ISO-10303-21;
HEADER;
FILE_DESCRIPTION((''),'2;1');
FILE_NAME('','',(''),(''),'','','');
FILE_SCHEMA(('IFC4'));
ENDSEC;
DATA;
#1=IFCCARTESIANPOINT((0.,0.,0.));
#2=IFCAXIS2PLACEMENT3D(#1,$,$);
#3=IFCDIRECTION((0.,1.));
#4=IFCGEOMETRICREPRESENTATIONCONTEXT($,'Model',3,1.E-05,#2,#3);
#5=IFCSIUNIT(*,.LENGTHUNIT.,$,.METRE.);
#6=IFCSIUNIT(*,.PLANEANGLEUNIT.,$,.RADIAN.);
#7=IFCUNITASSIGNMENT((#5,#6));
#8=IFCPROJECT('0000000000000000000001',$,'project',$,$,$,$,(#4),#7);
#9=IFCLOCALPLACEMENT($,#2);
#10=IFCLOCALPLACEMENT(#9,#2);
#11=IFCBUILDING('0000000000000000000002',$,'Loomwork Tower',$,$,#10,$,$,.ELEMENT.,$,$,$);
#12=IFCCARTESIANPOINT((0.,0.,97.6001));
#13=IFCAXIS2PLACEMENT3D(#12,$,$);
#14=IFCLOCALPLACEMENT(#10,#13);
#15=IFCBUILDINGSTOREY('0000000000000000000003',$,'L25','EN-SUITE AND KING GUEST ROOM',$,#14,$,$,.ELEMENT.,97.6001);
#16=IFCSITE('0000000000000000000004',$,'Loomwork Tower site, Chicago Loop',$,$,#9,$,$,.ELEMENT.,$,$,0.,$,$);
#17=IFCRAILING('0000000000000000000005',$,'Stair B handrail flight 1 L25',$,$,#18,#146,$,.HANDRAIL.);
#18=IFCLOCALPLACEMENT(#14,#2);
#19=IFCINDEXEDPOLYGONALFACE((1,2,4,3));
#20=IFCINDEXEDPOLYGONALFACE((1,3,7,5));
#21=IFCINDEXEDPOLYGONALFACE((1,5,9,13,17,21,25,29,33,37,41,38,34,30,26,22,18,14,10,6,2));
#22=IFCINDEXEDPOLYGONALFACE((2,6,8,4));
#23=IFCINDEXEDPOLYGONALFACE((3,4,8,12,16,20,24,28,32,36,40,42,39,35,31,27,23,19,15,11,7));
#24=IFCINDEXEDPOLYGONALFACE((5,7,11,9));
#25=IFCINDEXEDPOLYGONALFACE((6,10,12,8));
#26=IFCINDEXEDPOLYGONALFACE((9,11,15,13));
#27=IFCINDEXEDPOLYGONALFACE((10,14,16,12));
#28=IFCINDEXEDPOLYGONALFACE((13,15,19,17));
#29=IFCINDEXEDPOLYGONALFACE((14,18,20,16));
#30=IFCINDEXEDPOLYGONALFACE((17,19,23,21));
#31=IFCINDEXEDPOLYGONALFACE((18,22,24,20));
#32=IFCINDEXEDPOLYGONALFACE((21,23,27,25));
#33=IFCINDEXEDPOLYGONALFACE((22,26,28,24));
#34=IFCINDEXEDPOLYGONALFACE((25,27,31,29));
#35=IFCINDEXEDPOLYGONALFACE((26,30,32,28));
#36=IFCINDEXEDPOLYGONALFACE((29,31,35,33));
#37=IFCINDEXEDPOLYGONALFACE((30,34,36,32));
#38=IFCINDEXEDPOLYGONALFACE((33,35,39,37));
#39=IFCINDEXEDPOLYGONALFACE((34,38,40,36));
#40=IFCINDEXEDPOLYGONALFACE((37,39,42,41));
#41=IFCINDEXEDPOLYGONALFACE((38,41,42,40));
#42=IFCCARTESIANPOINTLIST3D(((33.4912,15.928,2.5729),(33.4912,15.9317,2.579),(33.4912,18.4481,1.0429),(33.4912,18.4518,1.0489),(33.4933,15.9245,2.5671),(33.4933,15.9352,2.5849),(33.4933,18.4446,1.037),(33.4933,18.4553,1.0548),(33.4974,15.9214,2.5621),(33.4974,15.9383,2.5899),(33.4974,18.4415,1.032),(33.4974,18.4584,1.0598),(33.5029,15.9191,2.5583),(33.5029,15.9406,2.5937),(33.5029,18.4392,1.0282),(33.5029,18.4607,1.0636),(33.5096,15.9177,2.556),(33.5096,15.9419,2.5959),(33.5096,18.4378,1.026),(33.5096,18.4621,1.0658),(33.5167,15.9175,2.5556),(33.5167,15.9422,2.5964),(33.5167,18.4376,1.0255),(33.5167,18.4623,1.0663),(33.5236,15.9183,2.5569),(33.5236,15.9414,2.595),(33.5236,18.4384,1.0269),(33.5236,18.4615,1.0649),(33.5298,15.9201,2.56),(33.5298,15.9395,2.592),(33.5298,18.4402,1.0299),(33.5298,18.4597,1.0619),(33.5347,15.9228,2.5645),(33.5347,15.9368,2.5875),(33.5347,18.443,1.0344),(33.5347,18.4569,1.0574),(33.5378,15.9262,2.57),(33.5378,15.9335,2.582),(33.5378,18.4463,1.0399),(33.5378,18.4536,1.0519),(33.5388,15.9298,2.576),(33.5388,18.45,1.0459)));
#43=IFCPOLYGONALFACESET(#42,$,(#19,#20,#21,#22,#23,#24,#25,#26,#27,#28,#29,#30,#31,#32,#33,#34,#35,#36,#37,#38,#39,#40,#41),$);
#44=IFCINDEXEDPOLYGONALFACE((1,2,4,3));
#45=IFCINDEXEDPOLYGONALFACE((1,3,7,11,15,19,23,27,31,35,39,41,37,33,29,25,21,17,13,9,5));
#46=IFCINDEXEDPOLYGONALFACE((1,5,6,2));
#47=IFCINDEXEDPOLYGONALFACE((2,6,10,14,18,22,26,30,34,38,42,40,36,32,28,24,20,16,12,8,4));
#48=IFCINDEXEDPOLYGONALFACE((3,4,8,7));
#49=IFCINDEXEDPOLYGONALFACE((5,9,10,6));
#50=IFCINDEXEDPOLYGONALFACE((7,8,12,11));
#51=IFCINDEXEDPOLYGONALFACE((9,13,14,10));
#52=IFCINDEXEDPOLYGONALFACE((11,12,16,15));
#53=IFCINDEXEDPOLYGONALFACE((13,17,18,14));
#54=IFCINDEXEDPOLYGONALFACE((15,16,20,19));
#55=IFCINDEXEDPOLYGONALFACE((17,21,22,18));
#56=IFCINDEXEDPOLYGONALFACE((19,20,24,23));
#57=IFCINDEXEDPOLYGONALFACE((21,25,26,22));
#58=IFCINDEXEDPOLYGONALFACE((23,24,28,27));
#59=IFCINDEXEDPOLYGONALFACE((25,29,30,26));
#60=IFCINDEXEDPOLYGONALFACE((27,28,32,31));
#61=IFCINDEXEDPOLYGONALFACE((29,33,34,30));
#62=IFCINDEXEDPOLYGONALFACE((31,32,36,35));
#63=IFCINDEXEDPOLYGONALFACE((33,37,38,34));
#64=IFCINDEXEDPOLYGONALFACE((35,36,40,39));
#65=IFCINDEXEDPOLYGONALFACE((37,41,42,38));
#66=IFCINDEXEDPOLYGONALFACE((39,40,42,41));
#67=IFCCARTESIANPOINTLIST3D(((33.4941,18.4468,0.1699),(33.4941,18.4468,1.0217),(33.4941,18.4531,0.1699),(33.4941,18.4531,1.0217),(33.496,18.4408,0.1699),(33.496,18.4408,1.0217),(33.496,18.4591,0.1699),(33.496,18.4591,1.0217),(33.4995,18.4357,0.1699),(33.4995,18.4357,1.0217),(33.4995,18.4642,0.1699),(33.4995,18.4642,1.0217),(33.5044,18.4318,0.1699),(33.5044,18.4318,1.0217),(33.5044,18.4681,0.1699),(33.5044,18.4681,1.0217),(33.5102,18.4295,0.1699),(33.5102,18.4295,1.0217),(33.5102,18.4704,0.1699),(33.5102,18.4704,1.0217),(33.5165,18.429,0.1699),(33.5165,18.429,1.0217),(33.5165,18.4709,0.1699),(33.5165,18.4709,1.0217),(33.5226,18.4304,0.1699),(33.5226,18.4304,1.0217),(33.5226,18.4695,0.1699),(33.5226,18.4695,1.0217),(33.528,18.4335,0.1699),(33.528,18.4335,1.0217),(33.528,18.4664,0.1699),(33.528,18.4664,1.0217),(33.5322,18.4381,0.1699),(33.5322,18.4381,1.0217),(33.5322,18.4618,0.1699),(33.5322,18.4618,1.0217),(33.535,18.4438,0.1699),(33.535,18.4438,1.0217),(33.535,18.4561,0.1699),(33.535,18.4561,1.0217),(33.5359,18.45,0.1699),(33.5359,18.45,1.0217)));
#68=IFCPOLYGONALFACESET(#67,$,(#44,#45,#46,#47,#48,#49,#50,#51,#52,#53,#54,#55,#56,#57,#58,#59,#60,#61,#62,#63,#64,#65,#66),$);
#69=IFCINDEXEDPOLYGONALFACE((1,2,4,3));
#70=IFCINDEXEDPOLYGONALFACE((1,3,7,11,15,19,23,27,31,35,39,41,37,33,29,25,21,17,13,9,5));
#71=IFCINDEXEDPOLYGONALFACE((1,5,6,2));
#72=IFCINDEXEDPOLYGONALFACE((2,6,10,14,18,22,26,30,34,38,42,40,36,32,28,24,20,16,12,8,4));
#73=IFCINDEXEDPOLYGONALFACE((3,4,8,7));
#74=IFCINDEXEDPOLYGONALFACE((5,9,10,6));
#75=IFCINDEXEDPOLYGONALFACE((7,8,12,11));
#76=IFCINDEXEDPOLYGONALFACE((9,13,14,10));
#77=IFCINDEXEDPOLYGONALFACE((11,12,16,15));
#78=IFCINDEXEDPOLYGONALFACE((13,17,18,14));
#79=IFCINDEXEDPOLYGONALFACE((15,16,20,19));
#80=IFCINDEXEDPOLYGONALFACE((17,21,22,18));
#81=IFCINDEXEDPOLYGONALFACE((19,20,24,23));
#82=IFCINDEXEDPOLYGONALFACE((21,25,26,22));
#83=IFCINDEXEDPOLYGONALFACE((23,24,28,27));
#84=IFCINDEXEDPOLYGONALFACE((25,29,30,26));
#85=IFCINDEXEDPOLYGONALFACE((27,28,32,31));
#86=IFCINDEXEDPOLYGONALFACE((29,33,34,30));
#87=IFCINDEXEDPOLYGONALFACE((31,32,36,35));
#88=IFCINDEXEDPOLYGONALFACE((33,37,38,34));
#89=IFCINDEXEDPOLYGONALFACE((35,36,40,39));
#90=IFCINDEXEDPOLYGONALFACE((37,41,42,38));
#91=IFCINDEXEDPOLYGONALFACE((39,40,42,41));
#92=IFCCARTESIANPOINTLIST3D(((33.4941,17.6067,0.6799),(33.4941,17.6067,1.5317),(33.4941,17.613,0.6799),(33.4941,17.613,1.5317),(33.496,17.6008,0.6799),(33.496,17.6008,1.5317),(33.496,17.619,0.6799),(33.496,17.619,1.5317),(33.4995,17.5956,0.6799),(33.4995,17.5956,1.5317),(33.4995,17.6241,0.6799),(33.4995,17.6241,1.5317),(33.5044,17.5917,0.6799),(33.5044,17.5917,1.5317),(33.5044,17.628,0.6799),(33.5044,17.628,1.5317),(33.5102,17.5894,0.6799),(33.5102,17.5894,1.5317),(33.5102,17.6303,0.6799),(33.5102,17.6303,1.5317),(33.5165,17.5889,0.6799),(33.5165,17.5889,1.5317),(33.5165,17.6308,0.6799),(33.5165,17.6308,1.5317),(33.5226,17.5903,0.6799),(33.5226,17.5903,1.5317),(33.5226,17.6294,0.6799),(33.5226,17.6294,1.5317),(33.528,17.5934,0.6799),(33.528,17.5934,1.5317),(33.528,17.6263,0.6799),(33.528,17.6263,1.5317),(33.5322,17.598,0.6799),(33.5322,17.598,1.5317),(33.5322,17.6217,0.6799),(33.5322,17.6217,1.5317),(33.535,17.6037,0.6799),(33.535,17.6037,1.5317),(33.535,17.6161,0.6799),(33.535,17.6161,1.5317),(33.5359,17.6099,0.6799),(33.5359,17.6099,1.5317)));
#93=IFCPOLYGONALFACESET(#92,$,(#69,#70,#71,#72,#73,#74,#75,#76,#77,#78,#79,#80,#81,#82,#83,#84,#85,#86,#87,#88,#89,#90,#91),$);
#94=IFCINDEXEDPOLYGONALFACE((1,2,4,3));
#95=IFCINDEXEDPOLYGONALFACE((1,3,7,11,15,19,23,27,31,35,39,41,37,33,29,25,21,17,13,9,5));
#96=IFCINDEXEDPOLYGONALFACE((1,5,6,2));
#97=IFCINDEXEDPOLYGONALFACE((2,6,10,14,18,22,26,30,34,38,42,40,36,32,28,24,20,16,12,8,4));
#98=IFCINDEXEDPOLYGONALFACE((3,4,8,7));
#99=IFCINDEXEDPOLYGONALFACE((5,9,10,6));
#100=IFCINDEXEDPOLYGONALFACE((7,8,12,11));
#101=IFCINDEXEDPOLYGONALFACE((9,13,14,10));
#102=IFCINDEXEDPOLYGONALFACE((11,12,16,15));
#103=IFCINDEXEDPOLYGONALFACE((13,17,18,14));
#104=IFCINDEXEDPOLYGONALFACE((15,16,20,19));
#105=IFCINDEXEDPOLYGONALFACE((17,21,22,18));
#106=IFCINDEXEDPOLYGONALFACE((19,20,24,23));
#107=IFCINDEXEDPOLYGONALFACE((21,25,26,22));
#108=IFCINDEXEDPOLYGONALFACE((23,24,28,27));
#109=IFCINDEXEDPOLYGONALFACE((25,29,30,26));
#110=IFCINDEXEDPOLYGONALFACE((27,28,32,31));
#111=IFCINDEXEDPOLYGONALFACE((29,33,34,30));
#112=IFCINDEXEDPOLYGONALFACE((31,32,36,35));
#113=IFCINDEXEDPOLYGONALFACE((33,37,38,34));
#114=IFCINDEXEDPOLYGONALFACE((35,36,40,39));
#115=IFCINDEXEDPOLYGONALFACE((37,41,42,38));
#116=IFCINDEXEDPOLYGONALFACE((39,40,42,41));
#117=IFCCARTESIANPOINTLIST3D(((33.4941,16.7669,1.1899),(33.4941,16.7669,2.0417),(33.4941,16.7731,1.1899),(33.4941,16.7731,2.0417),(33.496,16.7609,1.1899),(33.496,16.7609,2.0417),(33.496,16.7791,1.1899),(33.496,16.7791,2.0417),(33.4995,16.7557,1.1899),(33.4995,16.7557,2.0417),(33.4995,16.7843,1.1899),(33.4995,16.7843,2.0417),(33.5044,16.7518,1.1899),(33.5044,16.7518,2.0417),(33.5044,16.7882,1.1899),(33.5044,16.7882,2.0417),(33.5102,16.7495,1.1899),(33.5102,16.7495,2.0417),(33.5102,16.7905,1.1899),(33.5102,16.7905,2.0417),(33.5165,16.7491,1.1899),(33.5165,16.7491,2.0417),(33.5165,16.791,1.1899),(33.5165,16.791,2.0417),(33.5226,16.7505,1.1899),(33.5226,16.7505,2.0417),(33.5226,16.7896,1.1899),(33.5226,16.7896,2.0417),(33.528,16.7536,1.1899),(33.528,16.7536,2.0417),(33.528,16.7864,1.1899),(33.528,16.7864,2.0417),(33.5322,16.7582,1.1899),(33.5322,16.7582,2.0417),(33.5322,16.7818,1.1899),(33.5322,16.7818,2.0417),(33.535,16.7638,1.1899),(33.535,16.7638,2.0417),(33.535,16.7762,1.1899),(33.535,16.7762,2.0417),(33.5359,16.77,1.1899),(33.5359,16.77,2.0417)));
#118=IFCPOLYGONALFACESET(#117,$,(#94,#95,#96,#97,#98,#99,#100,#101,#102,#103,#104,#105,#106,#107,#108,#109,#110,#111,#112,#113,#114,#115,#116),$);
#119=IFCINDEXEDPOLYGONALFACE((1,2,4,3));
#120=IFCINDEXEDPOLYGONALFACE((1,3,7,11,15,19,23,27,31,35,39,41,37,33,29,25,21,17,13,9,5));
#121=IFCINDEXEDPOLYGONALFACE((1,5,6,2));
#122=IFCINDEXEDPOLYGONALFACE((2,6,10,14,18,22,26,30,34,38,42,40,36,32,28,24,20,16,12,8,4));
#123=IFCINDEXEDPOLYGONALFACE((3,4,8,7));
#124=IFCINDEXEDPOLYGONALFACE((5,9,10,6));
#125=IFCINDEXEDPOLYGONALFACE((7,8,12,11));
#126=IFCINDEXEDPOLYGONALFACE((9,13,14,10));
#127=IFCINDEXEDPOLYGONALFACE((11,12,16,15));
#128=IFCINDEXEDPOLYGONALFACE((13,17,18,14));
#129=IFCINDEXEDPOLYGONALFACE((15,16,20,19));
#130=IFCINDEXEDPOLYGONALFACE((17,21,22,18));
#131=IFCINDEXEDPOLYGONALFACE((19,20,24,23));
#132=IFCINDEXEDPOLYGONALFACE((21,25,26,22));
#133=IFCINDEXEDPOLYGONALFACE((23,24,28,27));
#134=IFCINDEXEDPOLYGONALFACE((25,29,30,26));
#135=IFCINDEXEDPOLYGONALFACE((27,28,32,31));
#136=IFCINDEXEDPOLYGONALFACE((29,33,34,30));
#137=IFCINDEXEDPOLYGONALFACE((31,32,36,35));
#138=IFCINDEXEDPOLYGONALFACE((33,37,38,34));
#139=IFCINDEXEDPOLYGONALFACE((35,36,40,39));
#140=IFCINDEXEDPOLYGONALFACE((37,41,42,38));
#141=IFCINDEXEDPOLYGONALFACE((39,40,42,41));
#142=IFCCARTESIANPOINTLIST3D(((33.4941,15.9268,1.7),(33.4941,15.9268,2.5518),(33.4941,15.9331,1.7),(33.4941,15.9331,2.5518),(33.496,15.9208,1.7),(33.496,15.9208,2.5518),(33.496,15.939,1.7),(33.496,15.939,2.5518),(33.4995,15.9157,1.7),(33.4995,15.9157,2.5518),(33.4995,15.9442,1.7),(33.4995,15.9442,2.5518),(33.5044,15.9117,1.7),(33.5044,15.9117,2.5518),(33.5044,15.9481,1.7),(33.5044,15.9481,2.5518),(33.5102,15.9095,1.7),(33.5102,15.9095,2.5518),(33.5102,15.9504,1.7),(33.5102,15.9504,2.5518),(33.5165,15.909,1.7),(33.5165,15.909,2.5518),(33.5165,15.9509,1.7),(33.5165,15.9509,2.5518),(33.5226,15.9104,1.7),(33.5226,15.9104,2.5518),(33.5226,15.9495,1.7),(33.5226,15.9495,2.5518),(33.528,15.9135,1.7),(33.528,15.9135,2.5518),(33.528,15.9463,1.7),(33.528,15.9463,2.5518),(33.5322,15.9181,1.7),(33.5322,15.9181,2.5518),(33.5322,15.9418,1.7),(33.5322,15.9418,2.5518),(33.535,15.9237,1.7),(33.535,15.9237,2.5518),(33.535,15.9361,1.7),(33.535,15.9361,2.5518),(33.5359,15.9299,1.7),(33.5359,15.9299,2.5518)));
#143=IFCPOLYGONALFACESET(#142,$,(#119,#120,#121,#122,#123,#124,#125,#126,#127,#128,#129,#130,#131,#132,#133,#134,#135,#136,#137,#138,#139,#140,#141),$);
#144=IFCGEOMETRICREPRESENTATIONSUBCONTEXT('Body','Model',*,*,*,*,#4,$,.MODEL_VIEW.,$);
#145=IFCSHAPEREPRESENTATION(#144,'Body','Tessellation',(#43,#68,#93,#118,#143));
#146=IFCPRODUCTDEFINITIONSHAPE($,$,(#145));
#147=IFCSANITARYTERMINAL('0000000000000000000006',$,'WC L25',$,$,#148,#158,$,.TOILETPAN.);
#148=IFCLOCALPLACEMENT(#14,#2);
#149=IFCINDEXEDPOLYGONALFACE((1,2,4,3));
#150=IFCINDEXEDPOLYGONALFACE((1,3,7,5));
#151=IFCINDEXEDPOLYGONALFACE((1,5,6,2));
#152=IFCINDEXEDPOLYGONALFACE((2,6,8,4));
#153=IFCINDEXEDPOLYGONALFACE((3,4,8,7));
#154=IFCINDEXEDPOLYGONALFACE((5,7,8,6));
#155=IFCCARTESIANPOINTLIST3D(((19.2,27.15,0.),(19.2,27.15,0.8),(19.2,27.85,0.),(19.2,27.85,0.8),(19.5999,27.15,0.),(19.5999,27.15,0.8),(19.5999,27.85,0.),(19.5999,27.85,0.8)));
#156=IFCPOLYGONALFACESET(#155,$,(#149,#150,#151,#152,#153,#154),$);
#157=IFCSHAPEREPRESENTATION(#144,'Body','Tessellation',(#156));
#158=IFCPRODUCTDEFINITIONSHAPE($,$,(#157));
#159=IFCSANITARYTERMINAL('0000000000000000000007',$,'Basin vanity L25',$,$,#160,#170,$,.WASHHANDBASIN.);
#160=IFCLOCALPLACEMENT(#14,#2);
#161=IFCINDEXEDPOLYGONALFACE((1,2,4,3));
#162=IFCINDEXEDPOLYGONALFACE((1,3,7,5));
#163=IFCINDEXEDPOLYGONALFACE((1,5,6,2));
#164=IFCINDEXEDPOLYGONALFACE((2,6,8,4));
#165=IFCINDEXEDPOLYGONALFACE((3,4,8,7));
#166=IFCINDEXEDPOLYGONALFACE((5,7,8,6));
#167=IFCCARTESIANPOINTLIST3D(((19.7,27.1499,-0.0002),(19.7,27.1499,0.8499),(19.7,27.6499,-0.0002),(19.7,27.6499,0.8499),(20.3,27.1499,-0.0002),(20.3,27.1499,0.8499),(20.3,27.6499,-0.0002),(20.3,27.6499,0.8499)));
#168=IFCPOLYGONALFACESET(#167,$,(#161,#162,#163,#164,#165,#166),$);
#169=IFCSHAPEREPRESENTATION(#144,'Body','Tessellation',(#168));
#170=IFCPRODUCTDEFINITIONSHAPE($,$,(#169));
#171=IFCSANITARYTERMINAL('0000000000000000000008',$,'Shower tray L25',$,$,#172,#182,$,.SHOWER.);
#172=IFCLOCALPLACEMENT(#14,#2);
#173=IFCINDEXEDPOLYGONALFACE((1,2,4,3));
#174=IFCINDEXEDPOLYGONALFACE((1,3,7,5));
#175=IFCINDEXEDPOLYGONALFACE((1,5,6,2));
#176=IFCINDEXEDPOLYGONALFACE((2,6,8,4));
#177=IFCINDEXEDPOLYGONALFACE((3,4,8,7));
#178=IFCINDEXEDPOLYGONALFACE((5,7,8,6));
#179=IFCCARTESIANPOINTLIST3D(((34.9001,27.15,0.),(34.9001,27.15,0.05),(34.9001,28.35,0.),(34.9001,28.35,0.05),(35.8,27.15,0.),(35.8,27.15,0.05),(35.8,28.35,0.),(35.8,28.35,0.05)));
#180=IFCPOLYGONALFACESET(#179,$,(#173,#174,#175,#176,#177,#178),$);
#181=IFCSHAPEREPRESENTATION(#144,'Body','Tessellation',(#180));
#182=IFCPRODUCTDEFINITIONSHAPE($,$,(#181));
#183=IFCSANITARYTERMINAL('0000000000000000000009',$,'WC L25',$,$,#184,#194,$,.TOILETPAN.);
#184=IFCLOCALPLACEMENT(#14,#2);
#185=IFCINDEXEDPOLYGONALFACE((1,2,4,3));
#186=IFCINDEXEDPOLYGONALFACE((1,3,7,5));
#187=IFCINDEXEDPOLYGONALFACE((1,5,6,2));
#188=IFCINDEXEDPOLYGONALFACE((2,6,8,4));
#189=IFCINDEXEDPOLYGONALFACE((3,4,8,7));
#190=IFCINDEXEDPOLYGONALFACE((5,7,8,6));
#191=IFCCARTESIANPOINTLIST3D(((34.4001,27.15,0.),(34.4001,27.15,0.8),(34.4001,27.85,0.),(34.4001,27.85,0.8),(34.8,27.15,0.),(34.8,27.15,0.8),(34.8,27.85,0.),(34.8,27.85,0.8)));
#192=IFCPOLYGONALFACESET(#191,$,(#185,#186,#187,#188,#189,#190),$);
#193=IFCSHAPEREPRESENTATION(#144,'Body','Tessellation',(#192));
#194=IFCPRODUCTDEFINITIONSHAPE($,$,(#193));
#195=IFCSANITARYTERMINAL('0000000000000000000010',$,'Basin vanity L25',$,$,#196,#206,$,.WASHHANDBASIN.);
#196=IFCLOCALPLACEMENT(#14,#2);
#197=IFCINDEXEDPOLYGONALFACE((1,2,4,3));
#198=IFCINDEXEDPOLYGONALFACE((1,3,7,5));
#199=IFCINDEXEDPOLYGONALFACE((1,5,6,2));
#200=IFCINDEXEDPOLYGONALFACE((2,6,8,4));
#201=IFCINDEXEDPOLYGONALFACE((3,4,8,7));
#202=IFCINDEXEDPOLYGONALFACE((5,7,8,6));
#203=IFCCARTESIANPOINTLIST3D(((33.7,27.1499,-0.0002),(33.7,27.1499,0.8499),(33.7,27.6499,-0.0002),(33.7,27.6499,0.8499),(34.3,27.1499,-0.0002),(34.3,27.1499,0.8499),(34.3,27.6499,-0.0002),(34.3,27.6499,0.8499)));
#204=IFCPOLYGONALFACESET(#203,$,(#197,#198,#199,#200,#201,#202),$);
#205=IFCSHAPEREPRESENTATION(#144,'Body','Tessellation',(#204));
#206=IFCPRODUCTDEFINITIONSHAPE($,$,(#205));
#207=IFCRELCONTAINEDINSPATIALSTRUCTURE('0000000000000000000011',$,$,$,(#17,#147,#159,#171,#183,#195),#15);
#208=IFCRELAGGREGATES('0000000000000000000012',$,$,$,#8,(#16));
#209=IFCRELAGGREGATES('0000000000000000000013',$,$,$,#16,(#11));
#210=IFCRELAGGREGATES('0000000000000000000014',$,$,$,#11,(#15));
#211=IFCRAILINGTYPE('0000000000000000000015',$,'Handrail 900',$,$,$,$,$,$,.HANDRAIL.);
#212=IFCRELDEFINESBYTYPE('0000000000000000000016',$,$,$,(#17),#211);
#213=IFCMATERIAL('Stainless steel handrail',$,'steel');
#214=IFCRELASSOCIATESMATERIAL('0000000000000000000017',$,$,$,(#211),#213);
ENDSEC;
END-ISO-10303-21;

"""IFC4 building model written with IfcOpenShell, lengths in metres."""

from ifc_helpers import new_model, si_unit, direction, frame, origin, origin_2d, place, context, subcontext, project, spatial, rectangle, circle, extrude, material, type_object, element, save


model = new_model("IFC4")

# Units and contexts
model_context = context("Model", 3, precision=1e-05, world=origin(), true_north=direction((0.0, 1.0)))
body_context = subcontext(model_context, "Body", "Model", "MODEL_VIEW")
ifc_project = project(units=[si_unit("LENGTHUNIT", "METRE"), si_unit("PLANEANGLEUNIT", "RADIAN")], contexts=[model_context])

# Site, building, storey
site_placement = place(None, origin())
site = spatial("IfcSite", under=ifc_project, at=site_placement, Name="Loomwork Tower site, Chicago Loop", CompositionType="ELEMENT", RefElevation=0.0)
building_placement = place(site_placement, origin())
building = spatial("IfcBuilding", under=site, at=building_placement, Name="Loomwork Tower", CompositionType="ELEMENT")
storey_placement = place(building_placement, frame((0.0, 0.0, 97.6001)))
storey = spatial("IfcBuildingStorey", under=building, at=storey_placement, Name="L25", Description="EN-SUITE AND KING GUEST ROOM", CompositionType="ELEMENT", Elevation=97.6001)

# Railing
ifc_material_1 = material(Name="Stainless steel handrail", Category="steel")
railing_type = type_object("IfcRailingType", Name="Handrail 900", PredefinedType="HANDRAIL", material=ifc_material_1)
railing_placement = place(storey_placement, frame((33.5149, 18.45, 0.1699)))
element("IfcRailing", 1, at=railing_placement, inside=storey, type_object=railing_type, Name="Stair B handrail flight 1 L25", PredefinedType="HANDRAIL", context=body_context, shape_type="SweptSolid", body=[
    extrude(circle(Radius=0.0239, at=origin_2d()), frame((0.0, 0.0, 0.876), z_axis=(0.0, -0.854785, 0.518982), x_axis=(1.0, 0.0, 0.0)), (0.0, 0.0, 1.0), 2.9482),
    extrude(circle(Radius=0.021, at=origin_2d()), origin(), (0.0, 0.0, 1.0), 0.8518),
    extrude(circle(Radius=0.021, at=origin_2d()), frame((0.0, -0.8401, 0.51)), (0.0, 0.0, 1.0), 0.8518),
    extrude(circle(Radius=0.021, at=origin_2d()), frame((0.0, -1.6799, 1.02)), (0.0, 0.0, 1.0), 0.8518),
    extrude(circle(Radius=0.021, at=origin_2d()), frame((0.0, -2.52, 1.53)), (0.0, 0.0, 1.0), 0.8518),
])

# Sanitary terminals
sanitary_terminal_1_placement = place(storey_placement, frame((19.3999, 27.5, 0.0), z_axis=(0.0, 0.0, 1.0), x_axis=(1.0, 0.0, 0.0)))
element("IfcSanitaryTerminal", 2, at=sanitary_terminal_1_placement, inside=storey, Name="WC L25", PredefinedType="TOILETPAN", context=body_context, shape_type="SweptSolid", body=[
    extrude(rectangle(XDim=0.3999, YDim=0.7, at=origin_2d()), origin(), (0.0, 0.0, 1.0), 0.8),
])
sanitary_terminal_2_placement = place(storey_placement, frame((20.0, 27.3999, -0.0002), z_axis=(0.0, 0.0, 1.0), x_axis=(1.0, 0.0, 0.0)))
element("IfcSanitaryTerminal", 3, at=sanitary_terminal_2_placement, inside=storey, Name="Basin vanity L25", PredefinedType="WASHHANDBASIN", context=body_context, shape_type="SweptSolid", body=[
    extrude(rectangle(XDim=0.6001, YDim=0.5, at=origin_2d()), origin(), (0.0, 0.0, 1.0), 0.8501),
])
sanitary_terminal_3_placement = place(storey_placement, frame((35.3501, 27.75, 0.0), z_axis=(0.0, 0.0, 1.0), x_axis=(1.0, 0.0, 0.0)))
element("IfcSanitaryTerminal", 4, at=sanitary_terminal_3_placement, inside=storey, Name="Shower tray L25", PredefinedType="SHOWER", context=body_context, shape_type="SweptSolid", body=[
    extrude(rectangle(XDim=0.8999, YDim=1.2, at=origin_2d()), origin(), (0.0, 0.0, 1.0), 0.05),
])
sanitary_terminal_4_placement = place(storey_placement, frame((34.6001, 27.5, 0.0), z_axis=(0.0, 0.0, 1.0), x_axis=(1.0, 0.0, 0.0)))
element("IfcSanitaryTerminal", 5, at=sanitary_terminal_4_placement, inside=storey, Name="WC L25", PredefinedType="TOILETPAN", context=body_context, shape_type="SweptSolid", body=[
    extrude(rectangle(XDim=0.3999, YDim=0.7, at=origin_2d()), origin(), (0.0, 0.0, 1.0), 0.8),
])
sanitary_terminal_5_placement = place(storey_placement, frame((34.0, 27.3999, -0.0002), z_axis=(0.0, 0.0, 1.0), x_axis=(1.0, 0.0, 0.0)))
element("IfcSanitaryTerminal", 6, at=sanitary_terminal_5_placement, inside=storey, Name="Basin vanity L25", PredefinedType="WASHHANDBASIN", context=body_context, shape_type="SweptSolid", body=[
    extrude(rectangle(XDim=0.6001, YDim=0.5, at=origin_2d()), origin(), (0.0, 0.0, 1.0), 0.8501),
])

save(model, "model.ifc")
